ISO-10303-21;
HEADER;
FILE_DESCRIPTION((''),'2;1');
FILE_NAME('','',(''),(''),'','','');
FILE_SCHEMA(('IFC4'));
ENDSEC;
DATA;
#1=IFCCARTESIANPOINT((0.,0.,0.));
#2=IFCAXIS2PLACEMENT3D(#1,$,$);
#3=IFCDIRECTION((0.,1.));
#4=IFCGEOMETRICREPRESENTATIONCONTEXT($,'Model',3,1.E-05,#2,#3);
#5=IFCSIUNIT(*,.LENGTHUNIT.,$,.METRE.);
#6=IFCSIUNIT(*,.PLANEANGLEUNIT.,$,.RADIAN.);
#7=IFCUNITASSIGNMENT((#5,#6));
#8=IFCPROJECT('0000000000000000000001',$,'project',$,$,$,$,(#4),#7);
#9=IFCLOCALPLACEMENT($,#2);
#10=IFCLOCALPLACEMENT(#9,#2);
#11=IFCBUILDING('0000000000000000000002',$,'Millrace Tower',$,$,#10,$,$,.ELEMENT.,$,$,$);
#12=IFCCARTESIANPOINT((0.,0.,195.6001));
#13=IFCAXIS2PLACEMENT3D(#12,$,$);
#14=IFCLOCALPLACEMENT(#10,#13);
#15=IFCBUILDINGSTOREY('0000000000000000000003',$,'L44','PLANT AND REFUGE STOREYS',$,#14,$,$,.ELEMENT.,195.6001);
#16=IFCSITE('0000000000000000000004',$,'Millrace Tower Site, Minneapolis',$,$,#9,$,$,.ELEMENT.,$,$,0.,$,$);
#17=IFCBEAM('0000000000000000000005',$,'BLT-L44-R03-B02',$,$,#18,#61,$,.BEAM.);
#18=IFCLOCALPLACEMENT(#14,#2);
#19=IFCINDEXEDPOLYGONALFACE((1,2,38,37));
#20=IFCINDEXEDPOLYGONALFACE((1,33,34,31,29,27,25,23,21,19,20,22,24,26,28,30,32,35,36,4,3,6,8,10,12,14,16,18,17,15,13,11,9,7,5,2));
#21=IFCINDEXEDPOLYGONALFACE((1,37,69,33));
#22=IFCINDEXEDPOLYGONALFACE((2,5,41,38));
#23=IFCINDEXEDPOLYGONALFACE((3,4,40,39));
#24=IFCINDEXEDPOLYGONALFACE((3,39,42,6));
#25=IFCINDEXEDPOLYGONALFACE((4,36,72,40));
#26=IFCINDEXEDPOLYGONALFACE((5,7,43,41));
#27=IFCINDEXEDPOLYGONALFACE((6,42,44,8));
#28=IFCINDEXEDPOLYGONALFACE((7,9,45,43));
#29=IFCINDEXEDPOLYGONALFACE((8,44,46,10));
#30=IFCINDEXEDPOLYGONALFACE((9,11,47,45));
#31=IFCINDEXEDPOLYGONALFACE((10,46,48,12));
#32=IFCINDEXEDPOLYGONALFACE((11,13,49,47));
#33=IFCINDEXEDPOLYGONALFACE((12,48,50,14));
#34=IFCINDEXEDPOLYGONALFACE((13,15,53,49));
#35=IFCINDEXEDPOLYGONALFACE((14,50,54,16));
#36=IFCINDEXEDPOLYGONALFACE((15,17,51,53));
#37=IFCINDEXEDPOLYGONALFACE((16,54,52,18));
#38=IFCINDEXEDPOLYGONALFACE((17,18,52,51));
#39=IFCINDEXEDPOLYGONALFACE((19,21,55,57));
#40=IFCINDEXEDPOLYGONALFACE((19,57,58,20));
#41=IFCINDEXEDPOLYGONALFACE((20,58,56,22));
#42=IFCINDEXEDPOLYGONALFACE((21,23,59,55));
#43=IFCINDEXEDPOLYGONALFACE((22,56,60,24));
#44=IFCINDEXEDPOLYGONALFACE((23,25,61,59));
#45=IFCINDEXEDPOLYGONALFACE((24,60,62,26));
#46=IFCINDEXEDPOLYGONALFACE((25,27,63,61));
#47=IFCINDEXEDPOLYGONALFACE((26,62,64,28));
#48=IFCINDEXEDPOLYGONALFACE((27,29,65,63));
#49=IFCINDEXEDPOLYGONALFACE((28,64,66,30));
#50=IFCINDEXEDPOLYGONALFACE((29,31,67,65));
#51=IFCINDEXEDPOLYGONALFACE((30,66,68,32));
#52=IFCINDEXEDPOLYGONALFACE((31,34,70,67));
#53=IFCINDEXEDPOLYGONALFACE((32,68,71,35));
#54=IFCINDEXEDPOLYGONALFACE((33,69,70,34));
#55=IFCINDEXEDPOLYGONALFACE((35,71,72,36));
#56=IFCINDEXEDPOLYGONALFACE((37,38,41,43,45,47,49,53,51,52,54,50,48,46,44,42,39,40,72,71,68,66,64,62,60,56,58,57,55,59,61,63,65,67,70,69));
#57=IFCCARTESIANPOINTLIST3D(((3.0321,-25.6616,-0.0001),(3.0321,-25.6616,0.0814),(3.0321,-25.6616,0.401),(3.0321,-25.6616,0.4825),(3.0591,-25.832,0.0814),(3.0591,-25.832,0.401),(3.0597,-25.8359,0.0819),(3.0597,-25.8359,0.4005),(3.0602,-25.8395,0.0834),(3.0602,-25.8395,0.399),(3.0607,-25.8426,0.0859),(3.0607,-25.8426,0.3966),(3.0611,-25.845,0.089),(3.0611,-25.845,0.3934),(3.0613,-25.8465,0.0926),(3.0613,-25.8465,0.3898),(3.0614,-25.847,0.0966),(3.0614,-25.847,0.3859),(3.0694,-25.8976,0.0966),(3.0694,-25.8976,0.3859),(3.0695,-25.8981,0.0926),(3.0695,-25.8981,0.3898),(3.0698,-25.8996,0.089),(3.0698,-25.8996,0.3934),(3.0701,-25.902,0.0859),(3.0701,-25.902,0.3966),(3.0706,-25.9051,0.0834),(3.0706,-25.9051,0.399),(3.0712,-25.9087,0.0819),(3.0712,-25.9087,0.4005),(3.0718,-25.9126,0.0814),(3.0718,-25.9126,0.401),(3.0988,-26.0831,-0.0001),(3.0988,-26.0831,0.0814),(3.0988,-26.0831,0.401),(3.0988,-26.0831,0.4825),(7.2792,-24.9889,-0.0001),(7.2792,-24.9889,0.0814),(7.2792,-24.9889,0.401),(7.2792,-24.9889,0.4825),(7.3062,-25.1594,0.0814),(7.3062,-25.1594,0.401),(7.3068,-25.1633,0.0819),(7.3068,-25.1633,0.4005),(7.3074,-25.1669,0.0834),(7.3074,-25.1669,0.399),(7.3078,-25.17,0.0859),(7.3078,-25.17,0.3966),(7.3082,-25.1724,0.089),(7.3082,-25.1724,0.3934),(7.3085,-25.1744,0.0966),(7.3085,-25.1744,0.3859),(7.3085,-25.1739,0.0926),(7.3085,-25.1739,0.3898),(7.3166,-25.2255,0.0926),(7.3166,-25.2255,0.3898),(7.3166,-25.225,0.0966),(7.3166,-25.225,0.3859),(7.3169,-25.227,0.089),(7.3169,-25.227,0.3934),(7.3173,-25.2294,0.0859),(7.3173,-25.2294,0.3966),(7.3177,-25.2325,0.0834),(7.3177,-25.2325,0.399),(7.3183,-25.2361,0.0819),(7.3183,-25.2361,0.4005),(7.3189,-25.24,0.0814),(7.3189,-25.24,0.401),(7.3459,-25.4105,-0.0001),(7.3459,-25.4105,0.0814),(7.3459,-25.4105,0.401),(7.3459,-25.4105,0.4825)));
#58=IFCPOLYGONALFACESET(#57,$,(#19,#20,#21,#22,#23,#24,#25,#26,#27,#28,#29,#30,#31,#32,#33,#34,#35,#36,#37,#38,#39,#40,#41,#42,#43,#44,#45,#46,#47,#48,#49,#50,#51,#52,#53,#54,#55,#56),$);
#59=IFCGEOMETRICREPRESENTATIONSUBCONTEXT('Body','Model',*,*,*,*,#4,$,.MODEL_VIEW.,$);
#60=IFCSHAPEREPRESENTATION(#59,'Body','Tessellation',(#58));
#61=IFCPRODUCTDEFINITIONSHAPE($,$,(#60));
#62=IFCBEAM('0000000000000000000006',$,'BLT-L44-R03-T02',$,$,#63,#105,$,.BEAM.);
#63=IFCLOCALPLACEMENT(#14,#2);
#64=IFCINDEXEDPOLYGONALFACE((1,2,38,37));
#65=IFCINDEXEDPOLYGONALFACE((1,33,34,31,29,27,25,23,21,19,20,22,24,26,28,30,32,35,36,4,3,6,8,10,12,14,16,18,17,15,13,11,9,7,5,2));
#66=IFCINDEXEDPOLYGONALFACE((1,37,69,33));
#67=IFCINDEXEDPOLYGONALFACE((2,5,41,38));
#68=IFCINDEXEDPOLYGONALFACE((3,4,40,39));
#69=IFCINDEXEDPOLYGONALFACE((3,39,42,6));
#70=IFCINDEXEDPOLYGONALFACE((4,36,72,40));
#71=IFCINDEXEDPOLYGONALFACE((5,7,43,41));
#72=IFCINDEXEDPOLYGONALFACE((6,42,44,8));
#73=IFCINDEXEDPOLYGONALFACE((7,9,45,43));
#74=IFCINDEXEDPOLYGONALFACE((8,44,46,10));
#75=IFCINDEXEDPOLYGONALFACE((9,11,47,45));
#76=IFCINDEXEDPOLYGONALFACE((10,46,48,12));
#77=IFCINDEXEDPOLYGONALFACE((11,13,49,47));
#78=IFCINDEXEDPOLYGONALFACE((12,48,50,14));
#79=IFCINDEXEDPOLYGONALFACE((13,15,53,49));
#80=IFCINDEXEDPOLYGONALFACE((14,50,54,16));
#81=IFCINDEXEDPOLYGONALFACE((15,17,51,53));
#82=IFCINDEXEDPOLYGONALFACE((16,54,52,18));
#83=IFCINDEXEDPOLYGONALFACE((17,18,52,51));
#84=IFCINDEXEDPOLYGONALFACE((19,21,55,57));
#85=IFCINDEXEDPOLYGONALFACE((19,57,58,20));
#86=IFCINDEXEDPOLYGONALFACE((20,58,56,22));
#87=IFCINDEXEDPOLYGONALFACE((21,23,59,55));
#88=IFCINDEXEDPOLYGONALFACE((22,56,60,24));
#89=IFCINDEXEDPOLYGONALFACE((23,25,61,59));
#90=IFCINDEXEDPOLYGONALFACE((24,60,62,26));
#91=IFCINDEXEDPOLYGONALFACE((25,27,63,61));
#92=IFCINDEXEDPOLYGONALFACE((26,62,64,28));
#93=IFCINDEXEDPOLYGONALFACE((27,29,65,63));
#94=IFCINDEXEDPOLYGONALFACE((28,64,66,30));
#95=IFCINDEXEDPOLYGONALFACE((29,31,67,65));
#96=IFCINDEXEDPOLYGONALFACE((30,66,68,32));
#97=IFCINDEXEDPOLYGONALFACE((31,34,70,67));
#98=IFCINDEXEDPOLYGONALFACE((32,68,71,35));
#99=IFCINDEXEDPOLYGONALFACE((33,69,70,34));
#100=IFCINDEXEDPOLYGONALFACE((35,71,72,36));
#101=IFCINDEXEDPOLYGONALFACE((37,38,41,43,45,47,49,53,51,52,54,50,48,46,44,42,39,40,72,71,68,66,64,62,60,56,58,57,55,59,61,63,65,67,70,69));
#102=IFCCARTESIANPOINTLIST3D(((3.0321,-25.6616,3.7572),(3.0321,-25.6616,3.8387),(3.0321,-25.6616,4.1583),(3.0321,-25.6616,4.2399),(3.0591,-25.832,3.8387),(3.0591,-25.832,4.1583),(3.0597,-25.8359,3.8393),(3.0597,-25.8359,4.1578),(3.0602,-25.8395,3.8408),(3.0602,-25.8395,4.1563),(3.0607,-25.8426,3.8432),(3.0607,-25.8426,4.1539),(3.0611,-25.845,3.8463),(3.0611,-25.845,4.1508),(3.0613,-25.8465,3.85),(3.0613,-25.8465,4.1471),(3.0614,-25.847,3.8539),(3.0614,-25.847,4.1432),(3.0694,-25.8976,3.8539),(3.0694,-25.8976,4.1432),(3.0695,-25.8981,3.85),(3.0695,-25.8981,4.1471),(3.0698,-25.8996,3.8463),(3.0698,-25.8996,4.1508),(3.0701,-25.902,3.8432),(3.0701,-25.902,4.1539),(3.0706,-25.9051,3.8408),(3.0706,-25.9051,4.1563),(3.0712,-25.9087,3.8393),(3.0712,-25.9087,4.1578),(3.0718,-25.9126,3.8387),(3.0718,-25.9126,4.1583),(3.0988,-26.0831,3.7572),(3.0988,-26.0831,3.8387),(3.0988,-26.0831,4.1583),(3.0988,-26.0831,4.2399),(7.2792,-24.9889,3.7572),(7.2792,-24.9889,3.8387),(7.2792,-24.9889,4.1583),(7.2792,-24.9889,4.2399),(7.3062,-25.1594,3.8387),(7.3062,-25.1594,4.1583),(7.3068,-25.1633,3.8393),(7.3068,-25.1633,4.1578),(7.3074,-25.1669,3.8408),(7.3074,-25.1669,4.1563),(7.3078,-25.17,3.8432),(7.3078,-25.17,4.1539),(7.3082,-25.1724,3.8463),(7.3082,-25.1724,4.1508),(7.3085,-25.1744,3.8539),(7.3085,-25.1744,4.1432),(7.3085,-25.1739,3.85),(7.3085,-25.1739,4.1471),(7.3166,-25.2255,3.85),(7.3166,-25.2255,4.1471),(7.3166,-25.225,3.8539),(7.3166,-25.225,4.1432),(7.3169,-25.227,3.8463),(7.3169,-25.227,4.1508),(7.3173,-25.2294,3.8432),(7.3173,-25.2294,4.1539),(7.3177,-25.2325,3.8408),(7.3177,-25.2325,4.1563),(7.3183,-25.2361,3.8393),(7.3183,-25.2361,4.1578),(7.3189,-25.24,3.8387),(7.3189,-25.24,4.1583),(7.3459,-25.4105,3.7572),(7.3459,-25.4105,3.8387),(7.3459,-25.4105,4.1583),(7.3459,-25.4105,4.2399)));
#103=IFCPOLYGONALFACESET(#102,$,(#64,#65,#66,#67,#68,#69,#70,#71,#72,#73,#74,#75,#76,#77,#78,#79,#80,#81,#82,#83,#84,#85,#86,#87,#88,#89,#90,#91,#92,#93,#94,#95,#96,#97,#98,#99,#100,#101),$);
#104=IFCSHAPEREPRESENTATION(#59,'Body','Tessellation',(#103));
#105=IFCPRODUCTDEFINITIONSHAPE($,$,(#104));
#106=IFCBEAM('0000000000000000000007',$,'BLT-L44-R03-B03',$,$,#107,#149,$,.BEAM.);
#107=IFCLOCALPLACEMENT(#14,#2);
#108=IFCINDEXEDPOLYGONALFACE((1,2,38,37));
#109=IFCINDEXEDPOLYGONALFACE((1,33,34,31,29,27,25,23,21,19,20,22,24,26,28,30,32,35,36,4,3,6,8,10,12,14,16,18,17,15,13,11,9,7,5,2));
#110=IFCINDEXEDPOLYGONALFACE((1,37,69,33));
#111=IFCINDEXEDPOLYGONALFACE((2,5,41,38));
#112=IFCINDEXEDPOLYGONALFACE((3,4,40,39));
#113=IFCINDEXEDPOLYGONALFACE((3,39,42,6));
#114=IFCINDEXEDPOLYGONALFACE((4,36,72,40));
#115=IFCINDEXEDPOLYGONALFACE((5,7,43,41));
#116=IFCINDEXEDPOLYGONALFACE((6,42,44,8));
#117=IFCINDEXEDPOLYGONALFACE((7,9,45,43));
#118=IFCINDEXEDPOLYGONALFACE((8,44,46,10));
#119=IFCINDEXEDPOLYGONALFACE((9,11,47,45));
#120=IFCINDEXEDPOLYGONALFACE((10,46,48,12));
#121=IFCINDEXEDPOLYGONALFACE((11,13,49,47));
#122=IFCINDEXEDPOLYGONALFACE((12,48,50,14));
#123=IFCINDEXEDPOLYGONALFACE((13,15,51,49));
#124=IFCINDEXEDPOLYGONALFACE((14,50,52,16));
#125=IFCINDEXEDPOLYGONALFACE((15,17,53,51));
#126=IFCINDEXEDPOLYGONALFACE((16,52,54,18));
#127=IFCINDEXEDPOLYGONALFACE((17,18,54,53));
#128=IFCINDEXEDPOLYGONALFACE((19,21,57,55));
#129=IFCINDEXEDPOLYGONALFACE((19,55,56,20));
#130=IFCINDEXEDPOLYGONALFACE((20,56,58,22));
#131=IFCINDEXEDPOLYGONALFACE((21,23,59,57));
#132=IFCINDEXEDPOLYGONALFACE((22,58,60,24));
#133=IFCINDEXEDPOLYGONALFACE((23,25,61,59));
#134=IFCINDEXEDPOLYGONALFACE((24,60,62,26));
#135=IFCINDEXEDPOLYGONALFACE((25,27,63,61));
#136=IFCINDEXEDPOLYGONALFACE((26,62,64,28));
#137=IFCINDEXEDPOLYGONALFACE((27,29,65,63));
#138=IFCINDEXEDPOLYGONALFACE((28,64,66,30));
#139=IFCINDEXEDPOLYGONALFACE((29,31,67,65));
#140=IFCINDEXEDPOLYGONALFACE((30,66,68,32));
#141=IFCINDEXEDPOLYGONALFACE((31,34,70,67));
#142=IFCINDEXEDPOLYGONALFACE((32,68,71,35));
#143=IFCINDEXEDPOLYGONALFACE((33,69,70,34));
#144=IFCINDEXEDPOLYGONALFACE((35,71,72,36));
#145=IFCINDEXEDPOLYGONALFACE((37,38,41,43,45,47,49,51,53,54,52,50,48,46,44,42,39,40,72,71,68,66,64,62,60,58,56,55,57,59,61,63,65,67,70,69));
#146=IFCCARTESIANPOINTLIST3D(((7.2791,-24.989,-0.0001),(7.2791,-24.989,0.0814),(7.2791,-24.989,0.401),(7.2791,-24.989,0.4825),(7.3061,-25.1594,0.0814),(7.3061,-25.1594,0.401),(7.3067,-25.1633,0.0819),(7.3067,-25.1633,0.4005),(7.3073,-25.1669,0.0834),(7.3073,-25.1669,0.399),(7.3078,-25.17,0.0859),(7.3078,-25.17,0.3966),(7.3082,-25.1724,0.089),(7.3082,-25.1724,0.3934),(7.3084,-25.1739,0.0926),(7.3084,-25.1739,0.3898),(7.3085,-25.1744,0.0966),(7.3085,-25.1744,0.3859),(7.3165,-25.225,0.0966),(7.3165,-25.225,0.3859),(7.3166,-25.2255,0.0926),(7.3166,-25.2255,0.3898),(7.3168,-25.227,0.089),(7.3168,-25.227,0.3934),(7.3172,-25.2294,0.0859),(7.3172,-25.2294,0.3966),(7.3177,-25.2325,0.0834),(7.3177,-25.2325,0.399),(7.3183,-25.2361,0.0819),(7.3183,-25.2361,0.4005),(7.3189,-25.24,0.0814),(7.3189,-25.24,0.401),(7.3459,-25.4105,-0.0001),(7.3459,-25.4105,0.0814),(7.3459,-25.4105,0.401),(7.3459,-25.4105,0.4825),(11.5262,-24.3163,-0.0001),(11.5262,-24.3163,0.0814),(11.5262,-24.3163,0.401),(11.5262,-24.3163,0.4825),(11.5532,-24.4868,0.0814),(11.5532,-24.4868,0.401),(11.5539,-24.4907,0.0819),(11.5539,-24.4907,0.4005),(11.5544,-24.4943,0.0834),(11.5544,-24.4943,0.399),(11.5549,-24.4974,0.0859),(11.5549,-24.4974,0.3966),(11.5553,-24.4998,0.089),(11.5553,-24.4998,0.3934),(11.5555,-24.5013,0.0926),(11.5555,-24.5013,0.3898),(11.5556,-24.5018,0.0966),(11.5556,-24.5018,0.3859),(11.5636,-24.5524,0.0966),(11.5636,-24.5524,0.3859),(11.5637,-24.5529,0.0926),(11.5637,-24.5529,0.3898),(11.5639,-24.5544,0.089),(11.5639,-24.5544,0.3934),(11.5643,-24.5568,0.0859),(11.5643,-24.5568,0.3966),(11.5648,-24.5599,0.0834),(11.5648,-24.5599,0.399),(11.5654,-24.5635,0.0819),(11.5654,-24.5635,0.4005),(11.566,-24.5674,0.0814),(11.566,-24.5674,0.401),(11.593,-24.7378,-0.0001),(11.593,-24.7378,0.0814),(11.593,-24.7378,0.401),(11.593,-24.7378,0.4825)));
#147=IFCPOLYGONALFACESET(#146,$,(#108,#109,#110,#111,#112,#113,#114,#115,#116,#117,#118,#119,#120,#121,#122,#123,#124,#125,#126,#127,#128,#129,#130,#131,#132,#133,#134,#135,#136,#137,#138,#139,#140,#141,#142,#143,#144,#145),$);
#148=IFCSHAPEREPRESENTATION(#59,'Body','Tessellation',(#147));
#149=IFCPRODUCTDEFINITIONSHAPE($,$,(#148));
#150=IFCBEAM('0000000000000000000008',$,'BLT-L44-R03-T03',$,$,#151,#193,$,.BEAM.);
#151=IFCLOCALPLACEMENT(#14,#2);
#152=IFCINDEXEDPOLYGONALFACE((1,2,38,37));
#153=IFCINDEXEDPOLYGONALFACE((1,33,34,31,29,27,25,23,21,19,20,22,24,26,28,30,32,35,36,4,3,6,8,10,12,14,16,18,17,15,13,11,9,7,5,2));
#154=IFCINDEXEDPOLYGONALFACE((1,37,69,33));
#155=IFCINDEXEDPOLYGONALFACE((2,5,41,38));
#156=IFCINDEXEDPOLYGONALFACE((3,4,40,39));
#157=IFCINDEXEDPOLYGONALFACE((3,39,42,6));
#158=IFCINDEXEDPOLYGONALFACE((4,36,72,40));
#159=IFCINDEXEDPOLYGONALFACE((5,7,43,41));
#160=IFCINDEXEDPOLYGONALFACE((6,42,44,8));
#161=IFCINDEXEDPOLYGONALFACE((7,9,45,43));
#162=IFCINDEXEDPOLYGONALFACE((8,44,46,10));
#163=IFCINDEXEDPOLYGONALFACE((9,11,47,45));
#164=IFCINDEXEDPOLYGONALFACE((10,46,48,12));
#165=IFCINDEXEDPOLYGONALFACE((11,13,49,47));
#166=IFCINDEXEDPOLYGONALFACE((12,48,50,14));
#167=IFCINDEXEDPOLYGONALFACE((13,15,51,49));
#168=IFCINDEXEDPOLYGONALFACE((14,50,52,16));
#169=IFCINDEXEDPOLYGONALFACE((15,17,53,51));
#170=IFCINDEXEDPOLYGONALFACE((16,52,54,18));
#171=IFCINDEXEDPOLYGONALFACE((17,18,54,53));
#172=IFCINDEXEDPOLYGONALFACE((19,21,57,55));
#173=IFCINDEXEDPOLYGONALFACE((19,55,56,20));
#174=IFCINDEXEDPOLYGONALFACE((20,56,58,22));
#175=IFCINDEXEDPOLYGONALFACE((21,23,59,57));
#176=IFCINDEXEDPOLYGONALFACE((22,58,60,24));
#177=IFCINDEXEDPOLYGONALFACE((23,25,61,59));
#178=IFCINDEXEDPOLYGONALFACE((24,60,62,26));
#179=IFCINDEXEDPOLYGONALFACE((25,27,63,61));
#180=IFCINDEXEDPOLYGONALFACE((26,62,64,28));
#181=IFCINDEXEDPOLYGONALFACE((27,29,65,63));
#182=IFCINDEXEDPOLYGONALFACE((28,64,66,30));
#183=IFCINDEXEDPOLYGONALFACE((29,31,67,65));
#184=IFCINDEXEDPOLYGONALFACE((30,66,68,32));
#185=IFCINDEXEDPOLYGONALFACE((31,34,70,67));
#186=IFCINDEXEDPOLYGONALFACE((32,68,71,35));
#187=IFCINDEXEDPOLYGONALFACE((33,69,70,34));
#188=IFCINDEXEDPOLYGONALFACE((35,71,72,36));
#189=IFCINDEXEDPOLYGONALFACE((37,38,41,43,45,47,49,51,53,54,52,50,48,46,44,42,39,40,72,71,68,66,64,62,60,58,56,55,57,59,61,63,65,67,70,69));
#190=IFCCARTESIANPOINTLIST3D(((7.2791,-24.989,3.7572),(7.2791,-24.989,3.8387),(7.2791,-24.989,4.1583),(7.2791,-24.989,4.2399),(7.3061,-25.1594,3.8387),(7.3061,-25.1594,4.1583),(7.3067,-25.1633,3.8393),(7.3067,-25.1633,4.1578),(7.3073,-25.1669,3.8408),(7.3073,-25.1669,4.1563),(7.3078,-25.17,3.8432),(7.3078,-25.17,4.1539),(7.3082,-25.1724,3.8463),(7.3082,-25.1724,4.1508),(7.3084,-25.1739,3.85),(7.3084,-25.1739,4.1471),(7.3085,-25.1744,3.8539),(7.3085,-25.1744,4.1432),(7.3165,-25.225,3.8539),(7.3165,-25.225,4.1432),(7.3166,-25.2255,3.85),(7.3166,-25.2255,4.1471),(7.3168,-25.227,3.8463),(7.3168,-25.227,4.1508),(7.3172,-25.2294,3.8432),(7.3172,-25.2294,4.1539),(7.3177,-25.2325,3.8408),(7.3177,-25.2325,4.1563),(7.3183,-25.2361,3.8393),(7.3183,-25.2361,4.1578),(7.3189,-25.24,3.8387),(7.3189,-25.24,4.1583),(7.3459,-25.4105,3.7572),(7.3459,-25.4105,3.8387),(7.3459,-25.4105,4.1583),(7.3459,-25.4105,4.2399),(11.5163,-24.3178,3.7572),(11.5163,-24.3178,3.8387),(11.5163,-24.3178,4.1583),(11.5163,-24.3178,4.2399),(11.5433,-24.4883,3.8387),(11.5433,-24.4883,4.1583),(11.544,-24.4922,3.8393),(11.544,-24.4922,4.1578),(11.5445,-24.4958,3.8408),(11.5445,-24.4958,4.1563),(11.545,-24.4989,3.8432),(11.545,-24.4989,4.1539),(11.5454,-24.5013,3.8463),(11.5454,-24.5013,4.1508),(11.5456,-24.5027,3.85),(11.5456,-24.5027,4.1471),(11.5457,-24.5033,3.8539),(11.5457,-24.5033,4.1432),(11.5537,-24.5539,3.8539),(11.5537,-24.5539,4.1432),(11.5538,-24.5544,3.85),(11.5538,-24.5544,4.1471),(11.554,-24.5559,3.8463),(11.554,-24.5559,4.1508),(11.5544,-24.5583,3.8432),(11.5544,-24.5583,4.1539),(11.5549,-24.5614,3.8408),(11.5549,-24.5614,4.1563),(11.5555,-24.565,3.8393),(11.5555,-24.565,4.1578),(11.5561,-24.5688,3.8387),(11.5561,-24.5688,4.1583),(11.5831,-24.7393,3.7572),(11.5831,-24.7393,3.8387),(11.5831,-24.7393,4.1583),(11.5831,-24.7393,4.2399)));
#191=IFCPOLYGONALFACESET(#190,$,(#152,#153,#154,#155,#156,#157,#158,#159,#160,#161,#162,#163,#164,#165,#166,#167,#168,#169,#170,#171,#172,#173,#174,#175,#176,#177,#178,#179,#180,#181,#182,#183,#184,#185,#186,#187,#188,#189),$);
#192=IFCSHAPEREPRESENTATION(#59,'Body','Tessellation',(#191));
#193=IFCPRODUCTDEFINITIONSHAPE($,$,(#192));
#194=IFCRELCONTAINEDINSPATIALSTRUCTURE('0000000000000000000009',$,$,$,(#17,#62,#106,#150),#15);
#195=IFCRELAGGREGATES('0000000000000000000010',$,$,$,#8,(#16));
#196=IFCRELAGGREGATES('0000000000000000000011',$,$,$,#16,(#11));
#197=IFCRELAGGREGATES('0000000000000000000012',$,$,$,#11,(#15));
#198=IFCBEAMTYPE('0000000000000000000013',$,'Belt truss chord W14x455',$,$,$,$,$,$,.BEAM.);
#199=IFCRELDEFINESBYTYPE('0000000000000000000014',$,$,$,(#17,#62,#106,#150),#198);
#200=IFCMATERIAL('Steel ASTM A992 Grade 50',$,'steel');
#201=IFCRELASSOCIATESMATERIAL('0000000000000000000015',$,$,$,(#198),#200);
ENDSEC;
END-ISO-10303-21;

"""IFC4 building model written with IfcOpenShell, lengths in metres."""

from ifc_helpers import new_model, si_unit, direction, frame, origin, origin_2d, place, context, subcontext, project, spatial, i_section, extrude, material, material_profile, profile_set, type_object, element, save


model = new_model("IFC4")

# Units and contexts
model_context = context("Model", 3, precision=1e-05, world=origin(), true_north=direction((0.0, 1.0)))
body_context = subcontext(model_context, "Body", "Model", "MODEL_VIEW")
ifc_project = project(units=[si_unit("LENGTHUNIT", "METRE"), si_unit("PLANEANGLEUNIT", "RADIAN")], contexts=[model_context])

# Site, building, storey
site_placement = place(None, origin())
site = spatial("IfcSite", under=ifc_project, at=site_placement, Name="Millrace Tower Site, Minneapolis", CompositionType="ELEMENT", RefElevation=0.0)
building_placement = place(site_placement, origin())
building = spatial("IfcBuilding", under=site, at=building_placement, Name="Millrace Tower", CompositionType="ELEMENT")
storey_placement = place(building_placement, frame((0.0, 0.0, 195.6001)))
storey = spatial("IfcBuildingStorey", under=building, at=storey_placement, Name="L44", Description="PLANT AND REFUGE STOREYS", CompositionType="ELEMENT", Elevation=195.6001)

# Beams
ifc_material_1 = material(Name="Steel ASTM A992 Grade 50", Category="steel")
ifc_material_profile_1 = material_profile(ifc_material_1, i_section(OverallWidth=0.4268, OverallDepth=0.4827, WebThickness=0.0513, FlangeThickness=0.0815, FilletRadius=0.0151, at=origin_2d()))
ifc_profile_set_1 = profile_set([ifc_material_profile_1], Name="Steel ASTM A992 Grade 50")
beam_type_1 = type_object("IfcBeamType", Name="Belt truss chord W14x455", PredefinedType="BEAM", material=ifc_profile_set_1)
for number, where, z_axis, x_axis, name in (
    (1, (3.0654, -25.8723, 0.2412), (0.987691, 0.15642, 0.0), (-0.15642, 0.987691, 0.0), "BLT-L44-R03-B02"),
    (2, (3.0654, -25.8723, 3.9985), (0.987691, 0.15642, 0.0), (-0.15642, 0.987691, 0.0), "BLT-L44-R03-T02"),
    (3, (7.3125, -25.1997, 0.2412), (0.987691, 0.15642, 0.0), (-0.15642, 0.987691, 0.0), "BLT-L44-R03-B03"),
):
    element("IfcBeam", number, at=place(storey_placement, frame(where, z_axis=z_axis, x_axis=x_axis)), inside=storey, type_object=beam_type_1, Name=name, PredefinedType="BEAM", context=body_context, shape_type="SweptSolid", body=[
        extrude(i_section(OverallWidth=0.4268, OverallDepth=0.4827, WebThickness=0.0513, FlangeThickness=0.0815, FilletRadius=0.0151, at=origin_2d()), origin(), (0.0, 0.0, 1.0), 4.3),
    ])
beam_1_placement = place(storey_placement, frame((7.3125, -25.1997, 3.9985), z_axis=(0.987688, 0.156439, 0.0), x_axis=(-0.156439, 0.987688, 0.0)))
element("IfcBeam", 4, at=beam_1_placement, inside=storey, type_object=beam_type_1, Name="BLT-L44-R03-T03", PredefinedType="BEAM", context=body_context, shape_type="SweptSolid", body=[
    extrude(i_section(OverallWidth=0.4268, OverallDepth=0.4827, WebThickness=0.0513, FlangeThickness=0.0815, FilletRadius=0.0151, at=origin_2d()), origin(), (0.0, 0.0, 1.0), 4.29),
])

save(model, "model.ifc")
